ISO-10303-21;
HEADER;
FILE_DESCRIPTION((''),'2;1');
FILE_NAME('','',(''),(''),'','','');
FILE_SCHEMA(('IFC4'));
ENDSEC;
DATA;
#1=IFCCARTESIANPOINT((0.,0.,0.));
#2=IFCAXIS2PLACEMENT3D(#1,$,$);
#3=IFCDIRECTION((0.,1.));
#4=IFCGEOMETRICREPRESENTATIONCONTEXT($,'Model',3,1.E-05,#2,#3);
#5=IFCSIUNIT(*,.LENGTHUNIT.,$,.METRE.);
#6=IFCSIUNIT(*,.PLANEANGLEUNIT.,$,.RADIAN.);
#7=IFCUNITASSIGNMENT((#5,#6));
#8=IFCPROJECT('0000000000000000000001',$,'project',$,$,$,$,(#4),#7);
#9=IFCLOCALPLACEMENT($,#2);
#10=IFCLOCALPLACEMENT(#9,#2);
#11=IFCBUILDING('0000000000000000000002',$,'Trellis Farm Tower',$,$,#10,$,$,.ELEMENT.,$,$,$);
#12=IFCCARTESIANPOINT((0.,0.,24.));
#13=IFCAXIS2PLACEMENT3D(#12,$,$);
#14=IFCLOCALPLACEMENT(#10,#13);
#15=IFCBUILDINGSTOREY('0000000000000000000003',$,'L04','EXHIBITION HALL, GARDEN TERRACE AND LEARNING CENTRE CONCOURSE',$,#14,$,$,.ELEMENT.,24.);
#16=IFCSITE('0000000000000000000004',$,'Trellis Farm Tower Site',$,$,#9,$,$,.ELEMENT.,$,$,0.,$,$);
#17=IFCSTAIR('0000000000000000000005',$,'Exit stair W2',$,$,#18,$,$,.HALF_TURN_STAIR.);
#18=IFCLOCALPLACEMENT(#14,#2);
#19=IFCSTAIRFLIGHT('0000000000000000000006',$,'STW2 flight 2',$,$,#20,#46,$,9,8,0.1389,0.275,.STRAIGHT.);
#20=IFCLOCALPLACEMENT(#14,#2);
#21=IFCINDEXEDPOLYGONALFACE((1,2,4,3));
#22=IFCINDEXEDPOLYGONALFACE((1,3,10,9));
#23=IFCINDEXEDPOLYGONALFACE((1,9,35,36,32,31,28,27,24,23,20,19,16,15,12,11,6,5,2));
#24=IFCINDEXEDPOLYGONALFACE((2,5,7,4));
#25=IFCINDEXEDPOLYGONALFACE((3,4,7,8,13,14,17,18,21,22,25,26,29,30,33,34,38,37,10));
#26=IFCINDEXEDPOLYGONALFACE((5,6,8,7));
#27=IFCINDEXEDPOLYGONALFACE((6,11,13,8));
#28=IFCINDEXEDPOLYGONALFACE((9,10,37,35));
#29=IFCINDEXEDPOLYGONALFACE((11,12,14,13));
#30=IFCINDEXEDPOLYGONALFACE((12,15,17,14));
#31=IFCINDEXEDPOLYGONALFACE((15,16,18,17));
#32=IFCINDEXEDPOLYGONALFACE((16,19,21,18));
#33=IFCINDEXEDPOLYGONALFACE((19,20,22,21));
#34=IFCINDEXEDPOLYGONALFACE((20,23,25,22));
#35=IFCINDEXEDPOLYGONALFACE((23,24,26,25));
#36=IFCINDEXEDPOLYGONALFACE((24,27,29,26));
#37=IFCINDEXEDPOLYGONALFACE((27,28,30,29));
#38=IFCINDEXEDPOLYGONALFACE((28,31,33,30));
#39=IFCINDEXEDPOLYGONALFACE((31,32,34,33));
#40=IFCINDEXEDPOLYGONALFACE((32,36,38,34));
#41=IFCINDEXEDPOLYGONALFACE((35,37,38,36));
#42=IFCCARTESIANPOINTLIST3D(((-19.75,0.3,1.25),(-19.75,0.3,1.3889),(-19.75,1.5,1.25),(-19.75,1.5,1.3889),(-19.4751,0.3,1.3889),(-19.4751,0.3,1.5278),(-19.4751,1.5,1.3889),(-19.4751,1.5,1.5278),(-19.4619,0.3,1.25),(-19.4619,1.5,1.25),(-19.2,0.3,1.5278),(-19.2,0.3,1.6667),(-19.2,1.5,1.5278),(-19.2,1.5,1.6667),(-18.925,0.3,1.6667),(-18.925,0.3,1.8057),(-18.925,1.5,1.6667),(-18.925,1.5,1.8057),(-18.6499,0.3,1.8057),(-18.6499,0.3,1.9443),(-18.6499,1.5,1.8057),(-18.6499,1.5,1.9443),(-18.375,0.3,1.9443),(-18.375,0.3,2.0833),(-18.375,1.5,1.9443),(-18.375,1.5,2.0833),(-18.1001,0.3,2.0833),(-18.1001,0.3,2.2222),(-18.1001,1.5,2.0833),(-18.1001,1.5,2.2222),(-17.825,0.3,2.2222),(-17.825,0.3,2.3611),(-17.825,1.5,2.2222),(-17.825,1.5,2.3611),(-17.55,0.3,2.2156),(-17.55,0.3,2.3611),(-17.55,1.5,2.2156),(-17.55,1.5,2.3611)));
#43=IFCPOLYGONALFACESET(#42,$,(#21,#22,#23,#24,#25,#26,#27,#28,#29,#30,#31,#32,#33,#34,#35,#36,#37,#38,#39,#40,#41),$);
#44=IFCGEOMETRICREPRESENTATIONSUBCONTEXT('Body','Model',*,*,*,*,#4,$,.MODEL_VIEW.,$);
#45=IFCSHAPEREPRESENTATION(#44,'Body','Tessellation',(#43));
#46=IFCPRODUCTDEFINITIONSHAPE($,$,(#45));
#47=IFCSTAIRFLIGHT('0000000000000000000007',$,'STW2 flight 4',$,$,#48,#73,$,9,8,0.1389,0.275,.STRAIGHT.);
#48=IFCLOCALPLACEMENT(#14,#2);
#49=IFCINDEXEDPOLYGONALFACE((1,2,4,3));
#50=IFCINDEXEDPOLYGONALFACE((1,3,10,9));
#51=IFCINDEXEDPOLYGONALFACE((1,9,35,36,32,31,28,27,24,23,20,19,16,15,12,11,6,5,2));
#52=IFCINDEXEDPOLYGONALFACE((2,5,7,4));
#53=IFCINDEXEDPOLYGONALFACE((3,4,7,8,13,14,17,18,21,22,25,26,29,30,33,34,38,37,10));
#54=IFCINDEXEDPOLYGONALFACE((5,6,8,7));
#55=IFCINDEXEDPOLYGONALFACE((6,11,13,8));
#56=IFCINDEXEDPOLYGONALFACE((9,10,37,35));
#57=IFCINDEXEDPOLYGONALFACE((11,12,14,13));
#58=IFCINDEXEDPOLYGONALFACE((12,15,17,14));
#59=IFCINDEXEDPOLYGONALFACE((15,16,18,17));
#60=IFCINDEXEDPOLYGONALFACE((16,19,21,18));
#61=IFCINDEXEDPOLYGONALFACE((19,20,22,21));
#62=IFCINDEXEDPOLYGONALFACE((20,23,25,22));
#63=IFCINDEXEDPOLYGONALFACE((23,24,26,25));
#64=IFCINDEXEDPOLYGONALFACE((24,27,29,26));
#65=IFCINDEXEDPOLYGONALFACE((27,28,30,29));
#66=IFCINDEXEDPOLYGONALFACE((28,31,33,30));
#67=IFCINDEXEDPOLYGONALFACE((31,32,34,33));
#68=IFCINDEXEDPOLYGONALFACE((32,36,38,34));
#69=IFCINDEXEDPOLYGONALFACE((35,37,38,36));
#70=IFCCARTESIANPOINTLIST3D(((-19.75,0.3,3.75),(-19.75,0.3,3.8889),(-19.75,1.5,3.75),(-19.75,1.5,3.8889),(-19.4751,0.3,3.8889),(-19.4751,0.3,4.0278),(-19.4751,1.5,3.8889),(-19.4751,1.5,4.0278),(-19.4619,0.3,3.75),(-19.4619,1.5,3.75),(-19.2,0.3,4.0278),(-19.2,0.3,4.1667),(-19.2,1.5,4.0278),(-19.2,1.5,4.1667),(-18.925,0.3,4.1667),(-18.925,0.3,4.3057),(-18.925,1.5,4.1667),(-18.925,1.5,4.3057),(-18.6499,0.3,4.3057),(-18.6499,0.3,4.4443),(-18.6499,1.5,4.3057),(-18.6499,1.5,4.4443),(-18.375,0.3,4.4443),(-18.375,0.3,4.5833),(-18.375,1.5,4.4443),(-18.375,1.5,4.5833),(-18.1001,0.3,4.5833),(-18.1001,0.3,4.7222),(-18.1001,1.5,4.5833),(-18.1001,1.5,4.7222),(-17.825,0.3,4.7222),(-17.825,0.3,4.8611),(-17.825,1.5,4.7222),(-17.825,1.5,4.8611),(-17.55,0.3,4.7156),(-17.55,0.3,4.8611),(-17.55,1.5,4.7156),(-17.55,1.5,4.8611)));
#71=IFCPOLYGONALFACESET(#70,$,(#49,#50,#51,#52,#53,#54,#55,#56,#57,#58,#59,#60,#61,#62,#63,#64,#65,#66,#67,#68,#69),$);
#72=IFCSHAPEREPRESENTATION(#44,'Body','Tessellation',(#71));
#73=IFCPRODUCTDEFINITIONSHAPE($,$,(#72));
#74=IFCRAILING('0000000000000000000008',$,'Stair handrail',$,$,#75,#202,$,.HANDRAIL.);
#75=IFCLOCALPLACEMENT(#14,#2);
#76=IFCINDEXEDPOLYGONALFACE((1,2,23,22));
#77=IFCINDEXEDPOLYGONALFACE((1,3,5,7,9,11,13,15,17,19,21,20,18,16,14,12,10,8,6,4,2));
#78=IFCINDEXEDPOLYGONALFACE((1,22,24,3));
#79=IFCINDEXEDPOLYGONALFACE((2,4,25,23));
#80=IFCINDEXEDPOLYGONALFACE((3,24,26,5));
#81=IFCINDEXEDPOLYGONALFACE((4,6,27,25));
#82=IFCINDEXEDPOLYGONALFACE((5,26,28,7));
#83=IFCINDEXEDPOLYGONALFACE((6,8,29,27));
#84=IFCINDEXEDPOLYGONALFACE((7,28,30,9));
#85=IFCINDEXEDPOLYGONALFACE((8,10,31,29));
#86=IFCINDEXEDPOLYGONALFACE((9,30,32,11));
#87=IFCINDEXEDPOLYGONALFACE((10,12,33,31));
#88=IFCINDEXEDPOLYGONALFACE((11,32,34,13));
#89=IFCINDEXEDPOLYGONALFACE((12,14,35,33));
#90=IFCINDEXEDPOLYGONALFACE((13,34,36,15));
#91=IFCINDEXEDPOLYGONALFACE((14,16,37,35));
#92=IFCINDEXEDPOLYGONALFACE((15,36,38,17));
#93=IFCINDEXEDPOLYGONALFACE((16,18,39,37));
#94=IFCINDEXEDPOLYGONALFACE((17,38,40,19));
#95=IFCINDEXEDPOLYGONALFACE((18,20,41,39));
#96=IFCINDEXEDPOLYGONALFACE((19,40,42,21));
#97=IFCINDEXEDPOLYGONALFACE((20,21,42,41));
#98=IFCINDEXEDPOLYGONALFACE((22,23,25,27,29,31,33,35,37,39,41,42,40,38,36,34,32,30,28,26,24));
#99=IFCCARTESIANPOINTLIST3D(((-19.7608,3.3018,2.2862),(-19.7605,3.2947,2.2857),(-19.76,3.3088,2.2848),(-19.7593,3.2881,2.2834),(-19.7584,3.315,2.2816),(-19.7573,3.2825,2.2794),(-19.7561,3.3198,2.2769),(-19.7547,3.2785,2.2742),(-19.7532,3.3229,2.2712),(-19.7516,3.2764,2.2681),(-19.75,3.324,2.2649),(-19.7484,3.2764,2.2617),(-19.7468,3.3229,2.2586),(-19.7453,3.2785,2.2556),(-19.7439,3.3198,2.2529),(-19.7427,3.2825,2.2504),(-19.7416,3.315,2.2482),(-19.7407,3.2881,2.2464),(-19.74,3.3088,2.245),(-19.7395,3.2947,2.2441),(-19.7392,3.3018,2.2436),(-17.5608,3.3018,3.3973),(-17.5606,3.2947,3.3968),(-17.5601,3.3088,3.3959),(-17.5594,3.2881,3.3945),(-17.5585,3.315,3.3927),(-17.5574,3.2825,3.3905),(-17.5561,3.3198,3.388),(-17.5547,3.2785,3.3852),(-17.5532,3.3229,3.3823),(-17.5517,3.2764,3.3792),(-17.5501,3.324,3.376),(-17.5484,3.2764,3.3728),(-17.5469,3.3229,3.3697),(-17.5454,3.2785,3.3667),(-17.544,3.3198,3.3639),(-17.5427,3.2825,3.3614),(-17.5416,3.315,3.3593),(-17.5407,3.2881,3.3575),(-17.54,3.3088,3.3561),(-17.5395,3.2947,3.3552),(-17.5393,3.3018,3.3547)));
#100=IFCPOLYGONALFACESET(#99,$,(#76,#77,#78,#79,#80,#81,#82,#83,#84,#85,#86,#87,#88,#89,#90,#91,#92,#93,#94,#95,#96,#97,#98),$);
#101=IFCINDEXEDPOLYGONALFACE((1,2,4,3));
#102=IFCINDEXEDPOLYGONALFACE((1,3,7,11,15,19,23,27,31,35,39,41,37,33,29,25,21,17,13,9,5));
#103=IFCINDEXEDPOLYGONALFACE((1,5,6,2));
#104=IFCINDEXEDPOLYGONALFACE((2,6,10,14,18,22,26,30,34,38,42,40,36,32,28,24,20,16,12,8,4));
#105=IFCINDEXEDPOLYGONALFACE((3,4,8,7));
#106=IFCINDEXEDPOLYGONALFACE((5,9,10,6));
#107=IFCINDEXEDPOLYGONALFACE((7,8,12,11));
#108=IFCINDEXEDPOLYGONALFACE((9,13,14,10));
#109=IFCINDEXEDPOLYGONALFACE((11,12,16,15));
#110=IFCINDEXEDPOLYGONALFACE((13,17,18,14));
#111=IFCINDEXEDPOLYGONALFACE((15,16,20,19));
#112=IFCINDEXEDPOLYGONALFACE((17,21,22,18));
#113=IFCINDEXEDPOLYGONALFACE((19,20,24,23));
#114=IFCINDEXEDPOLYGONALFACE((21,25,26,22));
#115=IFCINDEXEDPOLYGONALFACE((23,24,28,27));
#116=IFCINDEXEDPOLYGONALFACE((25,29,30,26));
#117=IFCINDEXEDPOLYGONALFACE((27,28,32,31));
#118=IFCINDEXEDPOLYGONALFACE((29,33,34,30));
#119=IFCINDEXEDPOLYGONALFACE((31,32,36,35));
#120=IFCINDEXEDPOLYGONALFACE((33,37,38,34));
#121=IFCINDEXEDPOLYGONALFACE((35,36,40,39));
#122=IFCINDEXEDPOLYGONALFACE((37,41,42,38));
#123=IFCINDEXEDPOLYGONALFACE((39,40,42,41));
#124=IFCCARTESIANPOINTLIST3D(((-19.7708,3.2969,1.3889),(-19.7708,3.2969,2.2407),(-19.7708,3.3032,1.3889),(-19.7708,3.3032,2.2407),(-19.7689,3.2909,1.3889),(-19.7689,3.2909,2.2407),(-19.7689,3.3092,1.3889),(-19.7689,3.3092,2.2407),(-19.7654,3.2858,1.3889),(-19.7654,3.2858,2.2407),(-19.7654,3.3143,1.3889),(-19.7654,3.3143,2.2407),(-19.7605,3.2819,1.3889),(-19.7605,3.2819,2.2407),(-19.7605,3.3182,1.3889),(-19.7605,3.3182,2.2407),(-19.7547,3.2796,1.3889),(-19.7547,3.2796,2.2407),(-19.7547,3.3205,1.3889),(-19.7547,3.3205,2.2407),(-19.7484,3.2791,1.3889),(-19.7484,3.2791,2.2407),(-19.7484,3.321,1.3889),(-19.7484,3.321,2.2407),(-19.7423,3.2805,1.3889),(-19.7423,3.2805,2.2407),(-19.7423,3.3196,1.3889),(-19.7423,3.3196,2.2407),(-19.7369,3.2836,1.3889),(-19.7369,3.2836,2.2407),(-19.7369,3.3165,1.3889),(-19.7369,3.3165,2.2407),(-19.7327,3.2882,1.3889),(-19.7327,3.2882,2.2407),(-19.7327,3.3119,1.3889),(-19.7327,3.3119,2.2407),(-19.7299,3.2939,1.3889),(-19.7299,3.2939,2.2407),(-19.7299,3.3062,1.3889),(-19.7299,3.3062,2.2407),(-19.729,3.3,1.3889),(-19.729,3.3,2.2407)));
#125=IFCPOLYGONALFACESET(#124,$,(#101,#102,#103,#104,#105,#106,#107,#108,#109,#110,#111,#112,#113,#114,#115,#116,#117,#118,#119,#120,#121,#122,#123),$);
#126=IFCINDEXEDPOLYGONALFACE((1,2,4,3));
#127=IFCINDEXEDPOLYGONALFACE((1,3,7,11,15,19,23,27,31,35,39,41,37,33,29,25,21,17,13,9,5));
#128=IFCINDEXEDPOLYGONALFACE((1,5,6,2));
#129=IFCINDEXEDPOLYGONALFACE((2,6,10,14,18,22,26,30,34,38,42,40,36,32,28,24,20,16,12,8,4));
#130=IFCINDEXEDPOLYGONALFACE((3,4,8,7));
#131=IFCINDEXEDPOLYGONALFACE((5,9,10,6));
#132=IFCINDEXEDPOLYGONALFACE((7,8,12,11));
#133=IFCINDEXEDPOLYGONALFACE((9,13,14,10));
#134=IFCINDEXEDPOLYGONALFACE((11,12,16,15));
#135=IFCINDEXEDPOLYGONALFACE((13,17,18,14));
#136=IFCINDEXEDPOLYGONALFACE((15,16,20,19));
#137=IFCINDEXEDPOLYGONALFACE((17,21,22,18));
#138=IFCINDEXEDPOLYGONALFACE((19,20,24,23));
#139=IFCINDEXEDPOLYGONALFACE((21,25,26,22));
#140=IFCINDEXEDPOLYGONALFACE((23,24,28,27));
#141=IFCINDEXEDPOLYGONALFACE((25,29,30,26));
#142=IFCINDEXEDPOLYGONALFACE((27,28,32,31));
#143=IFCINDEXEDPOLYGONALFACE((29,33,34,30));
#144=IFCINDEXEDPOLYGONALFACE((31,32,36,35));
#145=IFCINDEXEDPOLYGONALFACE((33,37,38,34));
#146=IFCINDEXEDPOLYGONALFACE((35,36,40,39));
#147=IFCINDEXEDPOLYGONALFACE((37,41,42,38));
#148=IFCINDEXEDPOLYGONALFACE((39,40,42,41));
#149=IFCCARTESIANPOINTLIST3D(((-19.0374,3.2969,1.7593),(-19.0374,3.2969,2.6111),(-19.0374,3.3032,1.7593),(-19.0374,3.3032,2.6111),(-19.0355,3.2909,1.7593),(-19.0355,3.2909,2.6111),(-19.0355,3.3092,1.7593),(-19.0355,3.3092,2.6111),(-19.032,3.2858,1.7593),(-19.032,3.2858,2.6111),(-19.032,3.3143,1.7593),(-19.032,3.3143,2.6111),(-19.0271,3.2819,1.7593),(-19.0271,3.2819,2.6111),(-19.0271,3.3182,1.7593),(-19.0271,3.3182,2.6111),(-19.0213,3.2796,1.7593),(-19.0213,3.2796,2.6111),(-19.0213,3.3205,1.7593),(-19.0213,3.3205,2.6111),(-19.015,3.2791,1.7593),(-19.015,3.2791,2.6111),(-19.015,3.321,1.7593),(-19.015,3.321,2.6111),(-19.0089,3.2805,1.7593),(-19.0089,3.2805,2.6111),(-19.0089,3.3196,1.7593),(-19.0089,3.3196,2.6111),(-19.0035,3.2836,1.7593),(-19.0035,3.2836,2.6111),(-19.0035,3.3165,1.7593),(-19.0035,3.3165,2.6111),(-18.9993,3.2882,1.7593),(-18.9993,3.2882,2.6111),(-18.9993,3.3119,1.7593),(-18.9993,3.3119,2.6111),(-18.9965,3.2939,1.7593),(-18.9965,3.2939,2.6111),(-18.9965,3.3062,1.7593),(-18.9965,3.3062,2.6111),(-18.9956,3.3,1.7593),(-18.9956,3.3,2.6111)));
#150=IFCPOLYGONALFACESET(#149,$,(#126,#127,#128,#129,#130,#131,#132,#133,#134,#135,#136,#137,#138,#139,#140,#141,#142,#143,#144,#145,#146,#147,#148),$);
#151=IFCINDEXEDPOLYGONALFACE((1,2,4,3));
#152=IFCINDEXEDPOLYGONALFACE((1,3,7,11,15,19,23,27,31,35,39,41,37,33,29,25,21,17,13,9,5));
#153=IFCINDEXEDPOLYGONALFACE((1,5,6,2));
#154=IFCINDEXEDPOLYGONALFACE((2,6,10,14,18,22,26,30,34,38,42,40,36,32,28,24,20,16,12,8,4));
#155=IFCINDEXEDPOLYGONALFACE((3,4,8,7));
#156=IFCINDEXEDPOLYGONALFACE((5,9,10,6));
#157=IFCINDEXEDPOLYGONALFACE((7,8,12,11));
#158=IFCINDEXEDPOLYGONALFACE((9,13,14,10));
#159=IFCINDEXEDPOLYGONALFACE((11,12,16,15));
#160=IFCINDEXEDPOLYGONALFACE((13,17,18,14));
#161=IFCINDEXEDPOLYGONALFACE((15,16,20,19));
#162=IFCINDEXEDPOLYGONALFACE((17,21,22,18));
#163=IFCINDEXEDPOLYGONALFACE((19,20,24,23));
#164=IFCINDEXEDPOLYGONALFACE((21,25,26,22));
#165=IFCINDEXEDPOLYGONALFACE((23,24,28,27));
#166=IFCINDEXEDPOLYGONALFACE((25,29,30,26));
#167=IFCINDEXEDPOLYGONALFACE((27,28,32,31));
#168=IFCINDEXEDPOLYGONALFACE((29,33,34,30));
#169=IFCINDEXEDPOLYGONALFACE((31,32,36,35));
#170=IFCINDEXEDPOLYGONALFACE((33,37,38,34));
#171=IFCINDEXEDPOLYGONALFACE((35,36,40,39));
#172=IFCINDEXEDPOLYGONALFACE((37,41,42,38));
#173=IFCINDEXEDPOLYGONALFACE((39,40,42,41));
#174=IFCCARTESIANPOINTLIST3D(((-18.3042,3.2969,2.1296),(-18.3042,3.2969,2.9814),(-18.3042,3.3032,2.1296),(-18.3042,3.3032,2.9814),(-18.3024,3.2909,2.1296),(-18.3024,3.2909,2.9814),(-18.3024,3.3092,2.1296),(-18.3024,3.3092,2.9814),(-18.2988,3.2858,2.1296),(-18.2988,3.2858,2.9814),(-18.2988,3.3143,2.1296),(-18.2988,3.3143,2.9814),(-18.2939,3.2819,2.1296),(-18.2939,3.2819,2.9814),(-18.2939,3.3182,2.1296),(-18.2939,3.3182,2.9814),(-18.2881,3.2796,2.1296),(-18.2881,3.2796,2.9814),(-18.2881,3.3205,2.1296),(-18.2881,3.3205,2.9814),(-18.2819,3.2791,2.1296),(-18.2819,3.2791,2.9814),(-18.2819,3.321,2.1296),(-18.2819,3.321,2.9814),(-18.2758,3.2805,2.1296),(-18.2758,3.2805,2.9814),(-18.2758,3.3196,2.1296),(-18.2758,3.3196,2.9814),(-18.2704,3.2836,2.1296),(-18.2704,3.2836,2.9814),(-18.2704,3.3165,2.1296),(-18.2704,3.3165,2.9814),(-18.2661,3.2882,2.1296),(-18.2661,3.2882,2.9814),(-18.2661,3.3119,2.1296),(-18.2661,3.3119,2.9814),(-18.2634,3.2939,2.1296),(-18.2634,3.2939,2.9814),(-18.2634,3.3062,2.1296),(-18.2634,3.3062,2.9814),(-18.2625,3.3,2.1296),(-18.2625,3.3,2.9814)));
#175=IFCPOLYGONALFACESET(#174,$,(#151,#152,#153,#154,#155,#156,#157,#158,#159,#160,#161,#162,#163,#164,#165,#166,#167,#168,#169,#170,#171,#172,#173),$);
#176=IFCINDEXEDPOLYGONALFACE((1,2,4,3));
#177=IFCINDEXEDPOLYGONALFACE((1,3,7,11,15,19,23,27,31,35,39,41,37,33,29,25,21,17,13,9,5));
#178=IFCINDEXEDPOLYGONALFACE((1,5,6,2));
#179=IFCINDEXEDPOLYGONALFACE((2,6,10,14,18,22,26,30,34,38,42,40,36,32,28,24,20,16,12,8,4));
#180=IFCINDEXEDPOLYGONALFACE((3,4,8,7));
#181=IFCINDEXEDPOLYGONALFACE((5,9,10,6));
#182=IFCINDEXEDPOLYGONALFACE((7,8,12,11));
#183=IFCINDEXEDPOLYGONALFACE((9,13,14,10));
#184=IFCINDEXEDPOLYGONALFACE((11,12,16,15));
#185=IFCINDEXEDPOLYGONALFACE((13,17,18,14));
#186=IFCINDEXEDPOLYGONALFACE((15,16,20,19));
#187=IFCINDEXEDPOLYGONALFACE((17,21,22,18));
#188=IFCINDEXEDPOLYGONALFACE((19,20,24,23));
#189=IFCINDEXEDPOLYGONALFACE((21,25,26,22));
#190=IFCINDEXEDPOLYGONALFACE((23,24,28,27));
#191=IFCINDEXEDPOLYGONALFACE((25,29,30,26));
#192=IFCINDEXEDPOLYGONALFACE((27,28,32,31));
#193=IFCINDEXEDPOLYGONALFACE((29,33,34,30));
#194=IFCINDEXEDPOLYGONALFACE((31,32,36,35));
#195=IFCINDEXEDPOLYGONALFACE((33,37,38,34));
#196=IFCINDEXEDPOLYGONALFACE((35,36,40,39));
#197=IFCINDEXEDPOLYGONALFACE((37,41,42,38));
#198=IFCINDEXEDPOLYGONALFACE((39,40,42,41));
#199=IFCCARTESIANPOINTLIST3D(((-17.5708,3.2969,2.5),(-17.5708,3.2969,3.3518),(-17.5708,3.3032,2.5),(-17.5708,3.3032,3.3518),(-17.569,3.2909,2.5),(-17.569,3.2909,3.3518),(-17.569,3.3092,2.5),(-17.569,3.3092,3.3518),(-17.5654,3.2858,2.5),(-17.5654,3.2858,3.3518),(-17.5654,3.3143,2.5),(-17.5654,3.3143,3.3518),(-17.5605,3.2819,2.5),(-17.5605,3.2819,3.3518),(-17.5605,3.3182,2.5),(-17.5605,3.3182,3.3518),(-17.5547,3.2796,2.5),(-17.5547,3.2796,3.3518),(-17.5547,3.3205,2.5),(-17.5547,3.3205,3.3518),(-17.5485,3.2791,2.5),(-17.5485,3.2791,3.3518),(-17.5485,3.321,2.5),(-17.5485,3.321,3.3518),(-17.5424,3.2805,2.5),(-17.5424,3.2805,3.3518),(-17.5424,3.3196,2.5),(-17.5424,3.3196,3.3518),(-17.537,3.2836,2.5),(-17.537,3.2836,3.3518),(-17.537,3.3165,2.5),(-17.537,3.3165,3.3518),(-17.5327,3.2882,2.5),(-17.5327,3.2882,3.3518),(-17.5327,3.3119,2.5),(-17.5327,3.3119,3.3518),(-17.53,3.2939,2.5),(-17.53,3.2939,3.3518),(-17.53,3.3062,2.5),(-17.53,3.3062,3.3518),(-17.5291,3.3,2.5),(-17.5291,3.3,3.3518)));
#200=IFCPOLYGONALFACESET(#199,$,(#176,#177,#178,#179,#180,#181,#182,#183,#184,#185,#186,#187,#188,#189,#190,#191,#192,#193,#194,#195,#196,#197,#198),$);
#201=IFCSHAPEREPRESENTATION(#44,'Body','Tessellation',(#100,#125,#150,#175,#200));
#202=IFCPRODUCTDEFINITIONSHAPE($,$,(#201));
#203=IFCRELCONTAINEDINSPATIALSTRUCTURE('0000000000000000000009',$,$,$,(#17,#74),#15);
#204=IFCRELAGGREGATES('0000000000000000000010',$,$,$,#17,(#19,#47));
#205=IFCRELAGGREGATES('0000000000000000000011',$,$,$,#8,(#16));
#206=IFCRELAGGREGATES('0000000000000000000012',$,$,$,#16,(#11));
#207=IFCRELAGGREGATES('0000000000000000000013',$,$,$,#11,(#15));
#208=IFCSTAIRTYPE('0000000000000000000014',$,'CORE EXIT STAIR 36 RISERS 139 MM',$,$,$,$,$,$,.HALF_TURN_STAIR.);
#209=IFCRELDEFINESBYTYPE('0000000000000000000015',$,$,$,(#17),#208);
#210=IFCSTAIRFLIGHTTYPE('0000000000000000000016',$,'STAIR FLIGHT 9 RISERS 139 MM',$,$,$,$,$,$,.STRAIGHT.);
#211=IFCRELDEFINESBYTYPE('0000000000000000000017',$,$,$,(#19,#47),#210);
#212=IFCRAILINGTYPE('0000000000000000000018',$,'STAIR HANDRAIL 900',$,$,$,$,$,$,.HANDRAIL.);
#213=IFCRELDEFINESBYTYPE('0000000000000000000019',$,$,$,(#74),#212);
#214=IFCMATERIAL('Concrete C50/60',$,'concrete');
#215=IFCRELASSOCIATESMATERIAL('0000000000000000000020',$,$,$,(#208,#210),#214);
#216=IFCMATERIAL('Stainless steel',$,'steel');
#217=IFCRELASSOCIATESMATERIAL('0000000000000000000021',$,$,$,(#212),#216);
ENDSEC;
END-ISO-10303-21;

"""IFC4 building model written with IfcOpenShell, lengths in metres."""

from ifc_helpers import new_model, si_unit, direction, frame, origin, origin_2d, place, context, subcontext, project, spatial, polyline, circle, outline, extrude, source, transform, mapped, material, type_object, element, aggregate, save


model = new_model("IFC4")

# Units and contexts
model_context = context("Model", 3, precision=1e-05, world=origin(), true_north=direction((0.0, 1.0)))
body_context = subcontext(model_context, "Body", "Model", "MODEL_VIEW")
ifc_project = project(units=[si_unit("LENGTHUNIT", "METRE"), si_unit("PLANEANGLEUNIT", "RADIAN")], contexts=[model_context])

# Site, building, storey
site_placement = place(None, origin())
site = spatial("IfcSite", under=ifc_project, at=site_placement, Name="Trellis Farm Tower Site", CompositionType="ELEMENT", RefElevation=0.0)
building_placement = place(site_placement, origin())
building = spatial("IfcBuilding", under=site, at=building_placement, Name="Trellis Farm Tower", CompositionType="ELEMENT")
storey_placement = place(building_placement, frame((0.0, 0.0, 24.0)))
storey = spatial("IfcBuildingStorey", under=building, at=storey_placement, Name="L04", Description="EXHIBITION HALL, GARDEN TERRACE AND LEARNING CENTRE CONCOURSE", CompositionType="ELEMENT", Elevation=24.0)

# Stair, stair flights
ifc_material_1 = material(Name="Concrete C50/60", Category="concrete")
stair_type = type_object("IfcStairType", Name="CORE EXIT STAIR 36 RISERS 139 MM", PredefinedType="HALF_TURN_STAIR", material=ifc_material_1)
placement = place(storey_placement, origin())
stair_flight_type = type_object("IfcStairFlightType", Name="STAIR FLIGHT 9 RISERS 139 MM", PredefinedType="STRAIGHT", material=ifc_material_1)
shared_shape_1 = source(origin(), body_context, "Body", "SweptSolid", [
    extrude(outline(polyline([(0.0, 0.0), (0.0, 0.1389), (0.2749, 0.1389), (0.2749, 0.2778), (0.55, 0.2778), (0.55, 0.4167), (0.825, 0.4167), (0.825, 0.5557), (1.1001, 0.5557), (1.1001, 0.6943), (1.375, 0.6943), (1.375, 0.8333), (1.6499, 0.8333), (1.6499, 0.9722), (1.925, 0.9722), (1.925, 1.1111), (2.2, 1.1111), (2.2, 1.25), (2.2, 0.9656), (0.2881, 0.0), (0.0, 0.0)])), frame((0.0, 0.6001, 0.0), z_axis=(0.0, -1.0, 0.0), x_axis=(1.0, 0.0, 0.0)), (0.0, 0.0, 1.0), 1.2),
])
stair_1 = element("IfcStair", 1, at=placement, inside=storey, type_object=stair_type, Name="Exit stair W2", PredefinedType="HALF_TURN_STAIR")
stair_flight_1_placement = place(storey_placement, frame((-19.75, 0.8999, 1.25), z_axis=(0.0, 0.0, 1.0), x_axis=(1.0, 0.0, 0.0)))
stair_flight_1 = element("IfcStairFlight", 2, at=stair_flight_1_placement, type_object=stair_flight_type, Name="STW2 flight 2", NumberOfRisers=9, NumberOfTreads=8, PredefinedType="STRAIGHT", RiserHeight=0.1389, TreadLength=0.275, context=body_context, shape_type="MappedRepresentation", body=[
    mapped(shared_shape_1, transform((0.0, 0.0, 0.0))),
])
stair_flight_2_placement = place(storey_placement, frame((-19.75, 0.8999, 3.75), z_axis=(0.0, 0.0, 1.0), x_axis=(1.0, 0.0, 0.0)))
stair_flight_2 = element("IfcStairFlight", 3, at=stair_flight_2_placement, type_object=stair_flight_type, Name="STW2 flight 4", NumberOfRisers=9, NumberOfTreads=8, PredefinedType="STRAIGHT", RiserHeight=0.1389, TreadLength=0.275, context=body_context, shape_type="MappedRepresentation", body=[
    mapped(shared_shape_1, transform((0.0, 0.0, 0.0))),
])
aggregate(stair_1, [stair_flight_1, stair_flight_2])

# Railing
ifc_material_2 = material(Name="Stainless steel", Category="steel")
railing_type = type_object("IfcRailingType", Name="STAIR HANDRAIL 900", PredefinedType="HANDRAIL", material=ifc_material_2)
shared_shape_2 = source(origin(), body_context, "Body", "SweptSolid", [
    extrude(circle(Radius=0.0239, at=origin_2d()), frame((0.0, 0.0, 0.876), z_axis=(0.892617, 0.0, 0.450816), x_axis=(0.0, 1.0, 0.0)), (0.0, 0.0, 1.0), 2.4646),
    extrude(circle(Radius=0.021, at=origin_2d()), origin(), (0.0, 0.0, 1.0), 0.8518),
    extrude(circle(Radius=0.021, at=origin_2d()), frame((0.7334, 0.0, 0.3704)), (0.0, 0.0, 1.0), 0.8518),
    extrude(circle(Radius=0.021, at=origin_2d()), frame((1.4666, 0.0, 0.7407)), (0.0, 0.0, 1.0), 0.8518),
    extrude(circle(Radius=0.021, at=origin_2d()), frame((2.2, 0.0, 1.1111)), (0.0, 0.0, 1.0), 0.8518),
])
for number, where, name in (
    (4, (-19.75, 3.3, 1.3889), "Stair handrail"),
):
    element("IfcRailing", number, at=place(storey_placement, frame(where)), inside=storey, type_object=railing_type, Name=name, PredefinedType="HANDRAIL", context=body_context, shape_type="MappedRepresentation", body=[
        mapped(shared_shape_2, transform((0.0, 0.0, 0.0))),
    ])

save(model, "model.ifc")
